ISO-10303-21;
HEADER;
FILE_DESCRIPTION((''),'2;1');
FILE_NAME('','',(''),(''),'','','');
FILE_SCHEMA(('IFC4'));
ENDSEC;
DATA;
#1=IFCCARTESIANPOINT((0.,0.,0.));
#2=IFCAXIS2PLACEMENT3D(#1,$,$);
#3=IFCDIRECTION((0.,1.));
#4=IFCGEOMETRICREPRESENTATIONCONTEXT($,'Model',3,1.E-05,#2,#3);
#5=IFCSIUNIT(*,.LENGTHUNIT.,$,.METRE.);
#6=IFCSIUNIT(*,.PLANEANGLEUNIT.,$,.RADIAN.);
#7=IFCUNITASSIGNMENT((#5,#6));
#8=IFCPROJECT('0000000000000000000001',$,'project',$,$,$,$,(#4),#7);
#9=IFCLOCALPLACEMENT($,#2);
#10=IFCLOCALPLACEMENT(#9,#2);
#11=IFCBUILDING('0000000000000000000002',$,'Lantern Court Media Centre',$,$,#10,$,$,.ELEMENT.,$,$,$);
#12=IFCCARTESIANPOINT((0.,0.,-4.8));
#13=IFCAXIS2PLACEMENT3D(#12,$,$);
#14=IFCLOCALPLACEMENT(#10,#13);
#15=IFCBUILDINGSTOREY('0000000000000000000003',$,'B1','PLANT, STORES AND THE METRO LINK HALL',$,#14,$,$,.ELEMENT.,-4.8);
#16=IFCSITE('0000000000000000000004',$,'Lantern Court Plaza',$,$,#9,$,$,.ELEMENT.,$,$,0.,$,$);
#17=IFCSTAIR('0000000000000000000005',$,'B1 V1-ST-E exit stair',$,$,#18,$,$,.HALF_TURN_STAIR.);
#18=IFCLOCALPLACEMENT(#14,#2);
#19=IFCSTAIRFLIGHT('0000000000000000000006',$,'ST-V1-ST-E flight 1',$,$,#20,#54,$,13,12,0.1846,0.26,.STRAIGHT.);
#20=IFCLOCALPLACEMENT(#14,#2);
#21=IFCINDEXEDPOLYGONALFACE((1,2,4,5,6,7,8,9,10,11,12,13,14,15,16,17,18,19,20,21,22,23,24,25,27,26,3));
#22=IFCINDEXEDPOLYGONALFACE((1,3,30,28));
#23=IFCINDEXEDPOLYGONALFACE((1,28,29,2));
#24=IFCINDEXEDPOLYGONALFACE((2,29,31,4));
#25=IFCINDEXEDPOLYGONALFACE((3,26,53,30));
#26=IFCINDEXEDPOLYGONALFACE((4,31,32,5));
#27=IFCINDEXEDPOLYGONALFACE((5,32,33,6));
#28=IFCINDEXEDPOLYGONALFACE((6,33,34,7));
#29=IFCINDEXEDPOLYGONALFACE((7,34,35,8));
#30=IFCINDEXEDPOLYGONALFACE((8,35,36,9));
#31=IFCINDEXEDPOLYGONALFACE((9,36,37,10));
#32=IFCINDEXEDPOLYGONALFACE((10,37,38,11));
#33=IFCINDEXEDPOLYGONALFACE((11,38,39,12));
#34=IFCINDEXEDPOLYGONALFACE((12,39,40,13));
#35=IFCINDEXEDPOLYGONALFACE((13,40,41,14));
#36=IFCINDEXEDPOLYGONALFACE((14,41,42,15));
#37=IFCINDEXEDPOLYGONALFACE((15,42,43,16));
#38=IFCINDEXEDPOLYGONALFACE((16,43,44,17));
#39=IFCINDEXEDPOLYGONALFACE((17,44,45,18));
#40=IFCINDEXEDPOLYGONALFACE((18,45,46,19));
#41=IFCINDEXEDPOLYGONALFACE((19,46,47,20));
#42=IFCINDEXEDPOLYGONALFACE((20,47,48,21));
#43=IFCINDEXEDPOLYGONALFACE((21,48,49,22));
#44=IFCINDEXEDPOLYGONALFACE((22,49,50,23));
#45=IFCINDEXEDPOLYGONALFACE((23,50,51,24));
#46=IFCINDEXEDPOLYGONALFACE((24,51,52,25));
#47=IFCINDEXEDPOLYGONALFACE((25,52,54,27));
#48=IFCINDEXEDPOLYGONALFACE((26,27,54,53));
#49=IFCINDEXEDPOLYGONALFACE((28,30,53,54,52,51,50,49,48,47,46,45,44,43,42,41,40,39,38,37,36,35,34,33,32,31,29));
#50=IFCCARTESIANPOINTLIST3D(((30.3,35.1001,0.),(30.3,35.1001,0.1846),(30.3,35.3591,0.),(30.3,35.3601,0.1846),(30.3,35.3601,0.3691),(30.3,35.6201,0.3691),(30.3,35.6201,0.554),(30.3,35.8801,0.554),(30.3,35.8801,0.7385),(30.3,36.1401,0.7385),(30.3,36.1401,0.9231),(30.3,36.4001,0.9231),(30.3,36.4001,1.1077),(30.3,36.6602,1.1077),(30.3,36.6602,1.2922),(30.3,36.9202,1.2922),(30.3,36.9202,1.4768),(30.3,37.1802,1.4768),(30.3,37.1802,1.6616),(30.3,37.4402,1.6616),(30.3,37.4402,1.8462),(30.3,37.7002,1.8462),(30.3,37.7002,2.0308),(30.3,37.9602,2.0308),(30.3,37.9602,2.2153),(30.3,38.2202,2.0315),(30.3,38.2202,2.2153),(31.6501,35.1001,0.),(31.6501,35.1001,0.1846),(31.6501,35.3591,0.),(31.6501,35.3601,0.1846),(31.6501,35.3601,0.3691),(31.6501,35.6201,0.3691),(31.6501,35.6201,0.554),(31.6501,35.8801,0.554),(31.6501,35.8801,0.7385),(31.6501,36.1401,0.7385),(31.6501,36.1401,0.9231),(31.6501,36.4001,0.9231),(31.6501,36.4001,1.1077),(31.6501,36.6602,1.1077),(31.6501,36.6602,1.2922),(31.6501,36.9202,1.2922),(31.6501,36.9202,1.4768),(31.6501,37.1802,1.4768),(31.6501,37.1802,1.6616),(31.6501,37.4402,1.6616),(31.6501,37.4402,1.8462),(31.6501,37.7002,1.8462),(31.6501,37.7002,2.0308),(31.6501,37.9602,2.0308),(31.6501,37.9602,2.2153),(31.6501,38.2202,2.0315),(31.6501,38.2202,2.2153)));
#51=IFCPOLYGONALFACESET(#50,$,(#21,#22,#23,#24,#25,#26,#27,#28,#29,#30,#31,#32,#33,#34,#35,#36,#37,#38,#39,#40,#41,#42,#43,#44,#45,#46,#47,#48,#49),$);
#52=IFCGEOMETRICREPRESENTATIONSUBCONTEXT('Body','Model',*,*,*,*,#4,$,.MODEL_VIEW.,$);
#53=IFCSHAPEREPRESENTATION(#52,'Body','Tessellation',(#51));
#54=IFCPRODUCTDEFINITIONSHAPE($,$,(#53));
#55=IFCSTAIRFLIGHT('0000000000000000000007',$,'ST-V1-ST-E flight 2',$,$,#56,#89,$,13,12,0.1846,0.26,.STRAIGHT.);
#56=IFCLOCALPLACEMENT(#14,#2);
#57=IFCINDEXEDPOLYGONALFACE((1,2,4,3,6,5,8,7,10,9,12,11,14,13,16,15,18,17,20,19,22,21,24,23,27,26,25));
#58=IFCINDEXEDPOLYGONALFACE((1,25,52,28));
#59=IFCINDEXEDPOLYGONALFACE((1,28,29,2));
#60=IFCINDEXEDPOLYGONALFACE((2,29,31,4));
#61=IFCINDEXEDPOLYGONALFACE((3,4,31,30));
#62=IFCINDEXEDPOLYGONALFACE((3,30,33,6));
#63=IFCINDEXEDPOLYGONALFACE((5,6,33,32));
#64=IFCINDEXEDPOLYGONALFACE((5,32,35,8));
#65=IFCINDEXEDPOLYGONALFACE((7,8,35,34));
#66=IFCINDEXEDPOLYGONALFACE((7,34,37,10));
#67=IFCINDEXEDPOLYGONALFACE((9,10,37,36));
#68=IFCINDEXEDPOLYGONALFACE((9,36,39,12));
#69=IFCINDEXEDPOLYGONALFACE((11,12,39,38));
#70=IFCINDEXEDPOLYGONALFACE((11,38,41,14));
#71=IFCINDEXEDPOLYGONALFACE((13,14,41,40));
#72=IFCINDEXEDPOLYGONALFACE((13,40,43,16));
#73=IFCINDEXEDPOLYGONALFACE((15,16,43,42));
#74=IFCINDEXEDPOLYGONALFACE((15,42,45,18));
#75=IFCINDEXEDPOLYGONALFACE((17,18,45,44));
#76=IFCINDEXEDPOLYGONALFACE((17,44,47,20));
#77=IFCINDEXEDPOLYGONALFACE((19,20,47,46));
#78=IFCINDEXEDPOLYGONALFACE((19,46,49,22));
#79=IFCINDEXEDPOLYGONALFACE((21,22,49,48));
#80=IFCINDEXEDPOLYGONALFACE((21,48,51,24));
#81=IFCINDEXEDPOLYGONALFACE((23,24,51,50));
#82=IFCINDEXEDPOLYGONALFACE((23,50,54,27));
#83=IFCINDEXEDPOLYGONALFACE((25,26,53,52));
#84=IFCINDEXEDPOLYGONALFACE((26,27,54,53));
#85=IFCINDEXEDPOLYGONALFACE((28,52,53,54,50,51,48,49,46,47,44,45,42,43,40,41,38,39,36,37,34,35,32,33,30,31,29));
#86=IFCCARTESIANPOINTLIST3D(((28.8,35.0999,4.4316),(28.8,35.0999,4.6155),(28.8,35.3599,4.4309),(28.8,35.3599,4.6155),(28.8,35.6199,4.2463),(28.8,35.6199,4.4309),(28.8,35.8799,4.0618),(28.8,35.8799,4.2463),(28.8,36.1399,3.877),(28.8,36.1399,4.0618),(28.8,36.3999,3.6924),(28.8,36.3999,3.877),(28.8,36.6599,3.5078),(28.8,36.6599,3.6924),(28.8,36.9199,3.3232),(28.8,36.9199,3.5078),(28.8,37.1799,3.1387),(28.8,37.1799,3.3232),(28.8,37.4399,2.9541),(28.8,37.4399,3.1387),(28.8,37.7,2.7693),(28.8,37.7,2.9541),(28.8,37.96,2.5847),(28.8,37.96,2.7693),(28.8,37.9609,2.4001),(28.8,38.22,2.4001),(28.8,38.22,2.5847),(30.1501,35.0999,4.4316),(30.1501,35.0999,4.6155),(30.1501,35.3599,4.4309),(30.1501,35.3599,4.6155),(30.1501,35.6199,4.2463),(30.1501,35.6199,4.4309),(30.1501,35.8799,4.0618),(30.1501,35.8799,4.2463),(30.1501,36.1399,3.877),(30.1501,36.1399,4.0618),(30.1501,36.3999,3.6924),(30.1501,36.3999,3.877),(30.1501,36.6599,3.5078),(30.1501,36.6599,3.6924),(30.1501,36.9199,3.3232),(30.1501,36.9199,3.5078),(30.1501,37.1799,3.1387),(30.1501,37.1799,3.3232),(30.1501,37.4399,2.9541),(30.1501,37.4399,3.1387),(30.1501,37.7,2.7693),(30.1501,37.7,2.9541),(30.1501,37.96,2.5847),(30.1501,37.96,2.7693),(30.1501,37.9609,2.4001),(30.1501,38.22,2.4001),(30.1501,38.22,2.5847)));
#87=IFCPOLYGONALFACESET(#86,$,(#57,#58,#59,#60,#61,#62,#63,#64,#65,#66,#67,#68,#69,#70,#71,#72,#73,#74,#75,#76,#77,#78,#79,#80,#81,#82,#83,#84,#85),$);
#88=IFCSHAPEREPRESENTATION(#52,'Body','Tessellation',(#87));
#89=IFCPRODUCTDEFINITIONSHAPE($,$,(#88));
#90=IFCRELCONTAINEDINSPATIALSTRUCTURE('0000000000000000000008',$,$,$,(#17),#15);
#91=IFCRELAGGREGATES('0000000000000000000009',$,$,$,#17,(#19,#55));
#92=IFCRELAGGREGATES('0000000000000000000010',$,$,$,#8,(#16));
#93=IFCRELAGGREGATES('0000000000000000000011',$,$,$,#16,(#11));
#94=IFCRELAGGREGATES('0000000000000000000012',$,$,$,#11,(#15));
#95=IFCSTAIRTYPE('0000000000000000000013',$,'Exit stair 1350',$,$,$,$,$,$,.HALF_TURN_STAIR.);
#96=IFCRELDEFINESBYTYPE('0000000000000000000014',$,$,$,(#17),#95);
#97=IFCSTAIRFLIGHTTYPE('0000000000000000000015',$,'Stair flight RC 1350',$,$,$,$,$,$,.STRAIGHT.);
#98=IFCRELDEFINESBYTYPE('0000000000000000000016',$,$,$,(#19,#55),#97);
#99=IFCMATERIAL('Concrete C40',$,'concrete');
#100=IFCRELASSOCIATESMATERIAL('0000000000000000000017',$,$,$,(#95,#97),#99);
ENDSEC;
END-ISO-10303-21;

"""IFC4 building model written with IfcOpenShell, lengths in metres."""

from ifc_helpers import new_model, si_unit, direction, frame, origin, place, context, subcontext, project, spatial, polyline, outline, extrude, material, type_object, element, aggregate, save


model = new_model("IFC4")

# Units and contexts
model_context = context("Model", 3, precision=1e-05, world=origin(), true_north=direction((0.0, 1.0)))
body_context = subcontext(model_context, "Body", "Model", "MODEL_VIEW")
ifc_project = project(units=[si_unit("LENGTHUNIT", "METRE"), si_unit("PLANEANGLEUNIT", "RADIAN")], contexts=[model_context])

# Site, building, storey
site_placement = place(None, origin())
site = spatial("IfcSite", under=ifc_project, at=site_placement, Name="Lantern Court Plaza", CompositionType="ELEMENT", RefElevation=0.0)
building_placement = place(site_placement, origin())
building = spatial("IfcBuilding", under=site, at=building_placement, Name="Lantern Court Media Centre", CompositionType="ELEMENT")
storey_placement = place(building_placement, frame((0.0, 0.0, -4.8)))
storey = spatial("IfcBuildingStorey", under=building, at=storey_placement, Name="B1", Description="PLANT, STORES AND THE METRO LINK HALL", CompositionType="ELEMENT", Elevation=-4.8)

# Shared definitions
ifc_material_1 = material(Name="Concrete C40", Category="concrete")

# Stair, stair flights
stair_type = type_object("IfcStairType", Name="Exit stair 1350", PredefinedType="HALF_TURN_STAIR", material=ifc_material_1)
stair_placement = place(storey_placement, origin())
stair = element("IfcStair", 1, at=stair_placement, inside=storey, type_object=stair_type, Name="B1 V1-ST-E exit stair", PredefinedType="HALF_TURN_STAIR")
stair_flight_type = type_object("IfcStairFlightType", Name="Stair flight RC 1350", PredefinedType="STRAIGHT", material=ifc_material_1)
stair_flight_1_placement = place(storey_placement, frame((30.9751, 35.1001, 0.0), z_axis=(0.0, 0.0, 1.0), x_axis=(0.0, 1.0, 0.0)))
stair_flight_1 = element("IfcStairFlight", 2, at=stair_flight_1_placement, type_object=stair_flight_type, Name="ST-V1-ST-E flight 1", NumberOfRisers=13, NumberOfTreads=12, PredefinedType="STRAIGHT", RiserHeight=0.1846, TreadLength=0.26, context=body_context, shape_type="SweptSolid", body=[
    extrude(outline(polyline([(0.0, 0.0), (0.0, 0.1846), (0.26, 0.1846), (0.26, 0.3691), (0.52, 0.3691), (0.52, 0.554), (0.78, 0.554), (0.78, 0.7385), (1.04, 0.7385), (1.04, 0.9231), (1.3, 0.9231), (1.3, 1.1077), (1.5601, 1.1077), (1.5601, 1.2922), (1.8201, 1.2922), (1.8201, 1.4768), (2.0801, 1.4768), (2.0801, 1.6616), (2.3401, 1.6616), (2.3401, 1.8462), (2.6001, 1.8462), (2.6001, 2.0308), (2.8601, 2.0308), (2.8601, 2.2153), (3.1201, 2.2153), (3.1201, 2.3999), (3.1201, 2.0315), (0.259, 0.0), (0.0, 0.0)])), frame((0.0, 0.675, 0.0), z_axis=(0.0, -1.0, 0.0), x_axis=(1.0, 0.0, 0.0)), (0.0, 0.0, 1.0), 1.3501),
])
stair_flight_2_placement = place(storey_placement, frame((29.4751, 38.22, 2.4001), z_axis=(0.0, 0.0, 1.0), x_axis=(0.0, -1.0, 0.0)))
stair_flight_2 = element("IfcStairFlight", 3, at=stair_flight_2_placement, type_object=stair_flight_type, Name="ST-V1-ST-E flight 2", NumberOfRisers=13, NumberOfTreads=12, PredefinedType="STRAIGHT", RiserHeight=0.1846, TreadLength=0.26, context=body_context, shape_type="SweptSolid", body=[
    extrude(outline(polyline([(0.0, 0.0), (0.0, 0.1846), (0.26, 0.1846), (0.26, 0.3691), (0.52, 0.3691), (0.52, 0.554), (0.78, 0.554), (0.78, 0.7385), (1.04, 0.7385), (1.04, 0.9231), (1.3, 0.9231), (1.3, 1.1077), (1.5601, 1.1077), (1.5601, 1.2922), (1.8201, 1.2922), (1.8201, 1.4768), (2.0801, 1.4768), (2.0801, 1.6616), (2.3401, 1.6616), (2.3401, 1.8462), (2.6001, 1.8462), (2.6001, 2.0308), (2.8601, 2.0308), (2.8601, 2.2153), (3.1201, 2.2153), (3.1201, 2.3999), (3.1201, 2.0315), (0.259, 0.0), (0.0, 0.0)])), frame((0.0, 0.675, 0.0), z_axis=(0.0, -1.0, 0.0), x_axis=(1.0, 0.0, 0.0)), (0.0, 0.0, 1.0), 1.3501),
])
aggregate(stair, [stair_flight_1, stair_flight_2])

save(model, "model.ifc")
